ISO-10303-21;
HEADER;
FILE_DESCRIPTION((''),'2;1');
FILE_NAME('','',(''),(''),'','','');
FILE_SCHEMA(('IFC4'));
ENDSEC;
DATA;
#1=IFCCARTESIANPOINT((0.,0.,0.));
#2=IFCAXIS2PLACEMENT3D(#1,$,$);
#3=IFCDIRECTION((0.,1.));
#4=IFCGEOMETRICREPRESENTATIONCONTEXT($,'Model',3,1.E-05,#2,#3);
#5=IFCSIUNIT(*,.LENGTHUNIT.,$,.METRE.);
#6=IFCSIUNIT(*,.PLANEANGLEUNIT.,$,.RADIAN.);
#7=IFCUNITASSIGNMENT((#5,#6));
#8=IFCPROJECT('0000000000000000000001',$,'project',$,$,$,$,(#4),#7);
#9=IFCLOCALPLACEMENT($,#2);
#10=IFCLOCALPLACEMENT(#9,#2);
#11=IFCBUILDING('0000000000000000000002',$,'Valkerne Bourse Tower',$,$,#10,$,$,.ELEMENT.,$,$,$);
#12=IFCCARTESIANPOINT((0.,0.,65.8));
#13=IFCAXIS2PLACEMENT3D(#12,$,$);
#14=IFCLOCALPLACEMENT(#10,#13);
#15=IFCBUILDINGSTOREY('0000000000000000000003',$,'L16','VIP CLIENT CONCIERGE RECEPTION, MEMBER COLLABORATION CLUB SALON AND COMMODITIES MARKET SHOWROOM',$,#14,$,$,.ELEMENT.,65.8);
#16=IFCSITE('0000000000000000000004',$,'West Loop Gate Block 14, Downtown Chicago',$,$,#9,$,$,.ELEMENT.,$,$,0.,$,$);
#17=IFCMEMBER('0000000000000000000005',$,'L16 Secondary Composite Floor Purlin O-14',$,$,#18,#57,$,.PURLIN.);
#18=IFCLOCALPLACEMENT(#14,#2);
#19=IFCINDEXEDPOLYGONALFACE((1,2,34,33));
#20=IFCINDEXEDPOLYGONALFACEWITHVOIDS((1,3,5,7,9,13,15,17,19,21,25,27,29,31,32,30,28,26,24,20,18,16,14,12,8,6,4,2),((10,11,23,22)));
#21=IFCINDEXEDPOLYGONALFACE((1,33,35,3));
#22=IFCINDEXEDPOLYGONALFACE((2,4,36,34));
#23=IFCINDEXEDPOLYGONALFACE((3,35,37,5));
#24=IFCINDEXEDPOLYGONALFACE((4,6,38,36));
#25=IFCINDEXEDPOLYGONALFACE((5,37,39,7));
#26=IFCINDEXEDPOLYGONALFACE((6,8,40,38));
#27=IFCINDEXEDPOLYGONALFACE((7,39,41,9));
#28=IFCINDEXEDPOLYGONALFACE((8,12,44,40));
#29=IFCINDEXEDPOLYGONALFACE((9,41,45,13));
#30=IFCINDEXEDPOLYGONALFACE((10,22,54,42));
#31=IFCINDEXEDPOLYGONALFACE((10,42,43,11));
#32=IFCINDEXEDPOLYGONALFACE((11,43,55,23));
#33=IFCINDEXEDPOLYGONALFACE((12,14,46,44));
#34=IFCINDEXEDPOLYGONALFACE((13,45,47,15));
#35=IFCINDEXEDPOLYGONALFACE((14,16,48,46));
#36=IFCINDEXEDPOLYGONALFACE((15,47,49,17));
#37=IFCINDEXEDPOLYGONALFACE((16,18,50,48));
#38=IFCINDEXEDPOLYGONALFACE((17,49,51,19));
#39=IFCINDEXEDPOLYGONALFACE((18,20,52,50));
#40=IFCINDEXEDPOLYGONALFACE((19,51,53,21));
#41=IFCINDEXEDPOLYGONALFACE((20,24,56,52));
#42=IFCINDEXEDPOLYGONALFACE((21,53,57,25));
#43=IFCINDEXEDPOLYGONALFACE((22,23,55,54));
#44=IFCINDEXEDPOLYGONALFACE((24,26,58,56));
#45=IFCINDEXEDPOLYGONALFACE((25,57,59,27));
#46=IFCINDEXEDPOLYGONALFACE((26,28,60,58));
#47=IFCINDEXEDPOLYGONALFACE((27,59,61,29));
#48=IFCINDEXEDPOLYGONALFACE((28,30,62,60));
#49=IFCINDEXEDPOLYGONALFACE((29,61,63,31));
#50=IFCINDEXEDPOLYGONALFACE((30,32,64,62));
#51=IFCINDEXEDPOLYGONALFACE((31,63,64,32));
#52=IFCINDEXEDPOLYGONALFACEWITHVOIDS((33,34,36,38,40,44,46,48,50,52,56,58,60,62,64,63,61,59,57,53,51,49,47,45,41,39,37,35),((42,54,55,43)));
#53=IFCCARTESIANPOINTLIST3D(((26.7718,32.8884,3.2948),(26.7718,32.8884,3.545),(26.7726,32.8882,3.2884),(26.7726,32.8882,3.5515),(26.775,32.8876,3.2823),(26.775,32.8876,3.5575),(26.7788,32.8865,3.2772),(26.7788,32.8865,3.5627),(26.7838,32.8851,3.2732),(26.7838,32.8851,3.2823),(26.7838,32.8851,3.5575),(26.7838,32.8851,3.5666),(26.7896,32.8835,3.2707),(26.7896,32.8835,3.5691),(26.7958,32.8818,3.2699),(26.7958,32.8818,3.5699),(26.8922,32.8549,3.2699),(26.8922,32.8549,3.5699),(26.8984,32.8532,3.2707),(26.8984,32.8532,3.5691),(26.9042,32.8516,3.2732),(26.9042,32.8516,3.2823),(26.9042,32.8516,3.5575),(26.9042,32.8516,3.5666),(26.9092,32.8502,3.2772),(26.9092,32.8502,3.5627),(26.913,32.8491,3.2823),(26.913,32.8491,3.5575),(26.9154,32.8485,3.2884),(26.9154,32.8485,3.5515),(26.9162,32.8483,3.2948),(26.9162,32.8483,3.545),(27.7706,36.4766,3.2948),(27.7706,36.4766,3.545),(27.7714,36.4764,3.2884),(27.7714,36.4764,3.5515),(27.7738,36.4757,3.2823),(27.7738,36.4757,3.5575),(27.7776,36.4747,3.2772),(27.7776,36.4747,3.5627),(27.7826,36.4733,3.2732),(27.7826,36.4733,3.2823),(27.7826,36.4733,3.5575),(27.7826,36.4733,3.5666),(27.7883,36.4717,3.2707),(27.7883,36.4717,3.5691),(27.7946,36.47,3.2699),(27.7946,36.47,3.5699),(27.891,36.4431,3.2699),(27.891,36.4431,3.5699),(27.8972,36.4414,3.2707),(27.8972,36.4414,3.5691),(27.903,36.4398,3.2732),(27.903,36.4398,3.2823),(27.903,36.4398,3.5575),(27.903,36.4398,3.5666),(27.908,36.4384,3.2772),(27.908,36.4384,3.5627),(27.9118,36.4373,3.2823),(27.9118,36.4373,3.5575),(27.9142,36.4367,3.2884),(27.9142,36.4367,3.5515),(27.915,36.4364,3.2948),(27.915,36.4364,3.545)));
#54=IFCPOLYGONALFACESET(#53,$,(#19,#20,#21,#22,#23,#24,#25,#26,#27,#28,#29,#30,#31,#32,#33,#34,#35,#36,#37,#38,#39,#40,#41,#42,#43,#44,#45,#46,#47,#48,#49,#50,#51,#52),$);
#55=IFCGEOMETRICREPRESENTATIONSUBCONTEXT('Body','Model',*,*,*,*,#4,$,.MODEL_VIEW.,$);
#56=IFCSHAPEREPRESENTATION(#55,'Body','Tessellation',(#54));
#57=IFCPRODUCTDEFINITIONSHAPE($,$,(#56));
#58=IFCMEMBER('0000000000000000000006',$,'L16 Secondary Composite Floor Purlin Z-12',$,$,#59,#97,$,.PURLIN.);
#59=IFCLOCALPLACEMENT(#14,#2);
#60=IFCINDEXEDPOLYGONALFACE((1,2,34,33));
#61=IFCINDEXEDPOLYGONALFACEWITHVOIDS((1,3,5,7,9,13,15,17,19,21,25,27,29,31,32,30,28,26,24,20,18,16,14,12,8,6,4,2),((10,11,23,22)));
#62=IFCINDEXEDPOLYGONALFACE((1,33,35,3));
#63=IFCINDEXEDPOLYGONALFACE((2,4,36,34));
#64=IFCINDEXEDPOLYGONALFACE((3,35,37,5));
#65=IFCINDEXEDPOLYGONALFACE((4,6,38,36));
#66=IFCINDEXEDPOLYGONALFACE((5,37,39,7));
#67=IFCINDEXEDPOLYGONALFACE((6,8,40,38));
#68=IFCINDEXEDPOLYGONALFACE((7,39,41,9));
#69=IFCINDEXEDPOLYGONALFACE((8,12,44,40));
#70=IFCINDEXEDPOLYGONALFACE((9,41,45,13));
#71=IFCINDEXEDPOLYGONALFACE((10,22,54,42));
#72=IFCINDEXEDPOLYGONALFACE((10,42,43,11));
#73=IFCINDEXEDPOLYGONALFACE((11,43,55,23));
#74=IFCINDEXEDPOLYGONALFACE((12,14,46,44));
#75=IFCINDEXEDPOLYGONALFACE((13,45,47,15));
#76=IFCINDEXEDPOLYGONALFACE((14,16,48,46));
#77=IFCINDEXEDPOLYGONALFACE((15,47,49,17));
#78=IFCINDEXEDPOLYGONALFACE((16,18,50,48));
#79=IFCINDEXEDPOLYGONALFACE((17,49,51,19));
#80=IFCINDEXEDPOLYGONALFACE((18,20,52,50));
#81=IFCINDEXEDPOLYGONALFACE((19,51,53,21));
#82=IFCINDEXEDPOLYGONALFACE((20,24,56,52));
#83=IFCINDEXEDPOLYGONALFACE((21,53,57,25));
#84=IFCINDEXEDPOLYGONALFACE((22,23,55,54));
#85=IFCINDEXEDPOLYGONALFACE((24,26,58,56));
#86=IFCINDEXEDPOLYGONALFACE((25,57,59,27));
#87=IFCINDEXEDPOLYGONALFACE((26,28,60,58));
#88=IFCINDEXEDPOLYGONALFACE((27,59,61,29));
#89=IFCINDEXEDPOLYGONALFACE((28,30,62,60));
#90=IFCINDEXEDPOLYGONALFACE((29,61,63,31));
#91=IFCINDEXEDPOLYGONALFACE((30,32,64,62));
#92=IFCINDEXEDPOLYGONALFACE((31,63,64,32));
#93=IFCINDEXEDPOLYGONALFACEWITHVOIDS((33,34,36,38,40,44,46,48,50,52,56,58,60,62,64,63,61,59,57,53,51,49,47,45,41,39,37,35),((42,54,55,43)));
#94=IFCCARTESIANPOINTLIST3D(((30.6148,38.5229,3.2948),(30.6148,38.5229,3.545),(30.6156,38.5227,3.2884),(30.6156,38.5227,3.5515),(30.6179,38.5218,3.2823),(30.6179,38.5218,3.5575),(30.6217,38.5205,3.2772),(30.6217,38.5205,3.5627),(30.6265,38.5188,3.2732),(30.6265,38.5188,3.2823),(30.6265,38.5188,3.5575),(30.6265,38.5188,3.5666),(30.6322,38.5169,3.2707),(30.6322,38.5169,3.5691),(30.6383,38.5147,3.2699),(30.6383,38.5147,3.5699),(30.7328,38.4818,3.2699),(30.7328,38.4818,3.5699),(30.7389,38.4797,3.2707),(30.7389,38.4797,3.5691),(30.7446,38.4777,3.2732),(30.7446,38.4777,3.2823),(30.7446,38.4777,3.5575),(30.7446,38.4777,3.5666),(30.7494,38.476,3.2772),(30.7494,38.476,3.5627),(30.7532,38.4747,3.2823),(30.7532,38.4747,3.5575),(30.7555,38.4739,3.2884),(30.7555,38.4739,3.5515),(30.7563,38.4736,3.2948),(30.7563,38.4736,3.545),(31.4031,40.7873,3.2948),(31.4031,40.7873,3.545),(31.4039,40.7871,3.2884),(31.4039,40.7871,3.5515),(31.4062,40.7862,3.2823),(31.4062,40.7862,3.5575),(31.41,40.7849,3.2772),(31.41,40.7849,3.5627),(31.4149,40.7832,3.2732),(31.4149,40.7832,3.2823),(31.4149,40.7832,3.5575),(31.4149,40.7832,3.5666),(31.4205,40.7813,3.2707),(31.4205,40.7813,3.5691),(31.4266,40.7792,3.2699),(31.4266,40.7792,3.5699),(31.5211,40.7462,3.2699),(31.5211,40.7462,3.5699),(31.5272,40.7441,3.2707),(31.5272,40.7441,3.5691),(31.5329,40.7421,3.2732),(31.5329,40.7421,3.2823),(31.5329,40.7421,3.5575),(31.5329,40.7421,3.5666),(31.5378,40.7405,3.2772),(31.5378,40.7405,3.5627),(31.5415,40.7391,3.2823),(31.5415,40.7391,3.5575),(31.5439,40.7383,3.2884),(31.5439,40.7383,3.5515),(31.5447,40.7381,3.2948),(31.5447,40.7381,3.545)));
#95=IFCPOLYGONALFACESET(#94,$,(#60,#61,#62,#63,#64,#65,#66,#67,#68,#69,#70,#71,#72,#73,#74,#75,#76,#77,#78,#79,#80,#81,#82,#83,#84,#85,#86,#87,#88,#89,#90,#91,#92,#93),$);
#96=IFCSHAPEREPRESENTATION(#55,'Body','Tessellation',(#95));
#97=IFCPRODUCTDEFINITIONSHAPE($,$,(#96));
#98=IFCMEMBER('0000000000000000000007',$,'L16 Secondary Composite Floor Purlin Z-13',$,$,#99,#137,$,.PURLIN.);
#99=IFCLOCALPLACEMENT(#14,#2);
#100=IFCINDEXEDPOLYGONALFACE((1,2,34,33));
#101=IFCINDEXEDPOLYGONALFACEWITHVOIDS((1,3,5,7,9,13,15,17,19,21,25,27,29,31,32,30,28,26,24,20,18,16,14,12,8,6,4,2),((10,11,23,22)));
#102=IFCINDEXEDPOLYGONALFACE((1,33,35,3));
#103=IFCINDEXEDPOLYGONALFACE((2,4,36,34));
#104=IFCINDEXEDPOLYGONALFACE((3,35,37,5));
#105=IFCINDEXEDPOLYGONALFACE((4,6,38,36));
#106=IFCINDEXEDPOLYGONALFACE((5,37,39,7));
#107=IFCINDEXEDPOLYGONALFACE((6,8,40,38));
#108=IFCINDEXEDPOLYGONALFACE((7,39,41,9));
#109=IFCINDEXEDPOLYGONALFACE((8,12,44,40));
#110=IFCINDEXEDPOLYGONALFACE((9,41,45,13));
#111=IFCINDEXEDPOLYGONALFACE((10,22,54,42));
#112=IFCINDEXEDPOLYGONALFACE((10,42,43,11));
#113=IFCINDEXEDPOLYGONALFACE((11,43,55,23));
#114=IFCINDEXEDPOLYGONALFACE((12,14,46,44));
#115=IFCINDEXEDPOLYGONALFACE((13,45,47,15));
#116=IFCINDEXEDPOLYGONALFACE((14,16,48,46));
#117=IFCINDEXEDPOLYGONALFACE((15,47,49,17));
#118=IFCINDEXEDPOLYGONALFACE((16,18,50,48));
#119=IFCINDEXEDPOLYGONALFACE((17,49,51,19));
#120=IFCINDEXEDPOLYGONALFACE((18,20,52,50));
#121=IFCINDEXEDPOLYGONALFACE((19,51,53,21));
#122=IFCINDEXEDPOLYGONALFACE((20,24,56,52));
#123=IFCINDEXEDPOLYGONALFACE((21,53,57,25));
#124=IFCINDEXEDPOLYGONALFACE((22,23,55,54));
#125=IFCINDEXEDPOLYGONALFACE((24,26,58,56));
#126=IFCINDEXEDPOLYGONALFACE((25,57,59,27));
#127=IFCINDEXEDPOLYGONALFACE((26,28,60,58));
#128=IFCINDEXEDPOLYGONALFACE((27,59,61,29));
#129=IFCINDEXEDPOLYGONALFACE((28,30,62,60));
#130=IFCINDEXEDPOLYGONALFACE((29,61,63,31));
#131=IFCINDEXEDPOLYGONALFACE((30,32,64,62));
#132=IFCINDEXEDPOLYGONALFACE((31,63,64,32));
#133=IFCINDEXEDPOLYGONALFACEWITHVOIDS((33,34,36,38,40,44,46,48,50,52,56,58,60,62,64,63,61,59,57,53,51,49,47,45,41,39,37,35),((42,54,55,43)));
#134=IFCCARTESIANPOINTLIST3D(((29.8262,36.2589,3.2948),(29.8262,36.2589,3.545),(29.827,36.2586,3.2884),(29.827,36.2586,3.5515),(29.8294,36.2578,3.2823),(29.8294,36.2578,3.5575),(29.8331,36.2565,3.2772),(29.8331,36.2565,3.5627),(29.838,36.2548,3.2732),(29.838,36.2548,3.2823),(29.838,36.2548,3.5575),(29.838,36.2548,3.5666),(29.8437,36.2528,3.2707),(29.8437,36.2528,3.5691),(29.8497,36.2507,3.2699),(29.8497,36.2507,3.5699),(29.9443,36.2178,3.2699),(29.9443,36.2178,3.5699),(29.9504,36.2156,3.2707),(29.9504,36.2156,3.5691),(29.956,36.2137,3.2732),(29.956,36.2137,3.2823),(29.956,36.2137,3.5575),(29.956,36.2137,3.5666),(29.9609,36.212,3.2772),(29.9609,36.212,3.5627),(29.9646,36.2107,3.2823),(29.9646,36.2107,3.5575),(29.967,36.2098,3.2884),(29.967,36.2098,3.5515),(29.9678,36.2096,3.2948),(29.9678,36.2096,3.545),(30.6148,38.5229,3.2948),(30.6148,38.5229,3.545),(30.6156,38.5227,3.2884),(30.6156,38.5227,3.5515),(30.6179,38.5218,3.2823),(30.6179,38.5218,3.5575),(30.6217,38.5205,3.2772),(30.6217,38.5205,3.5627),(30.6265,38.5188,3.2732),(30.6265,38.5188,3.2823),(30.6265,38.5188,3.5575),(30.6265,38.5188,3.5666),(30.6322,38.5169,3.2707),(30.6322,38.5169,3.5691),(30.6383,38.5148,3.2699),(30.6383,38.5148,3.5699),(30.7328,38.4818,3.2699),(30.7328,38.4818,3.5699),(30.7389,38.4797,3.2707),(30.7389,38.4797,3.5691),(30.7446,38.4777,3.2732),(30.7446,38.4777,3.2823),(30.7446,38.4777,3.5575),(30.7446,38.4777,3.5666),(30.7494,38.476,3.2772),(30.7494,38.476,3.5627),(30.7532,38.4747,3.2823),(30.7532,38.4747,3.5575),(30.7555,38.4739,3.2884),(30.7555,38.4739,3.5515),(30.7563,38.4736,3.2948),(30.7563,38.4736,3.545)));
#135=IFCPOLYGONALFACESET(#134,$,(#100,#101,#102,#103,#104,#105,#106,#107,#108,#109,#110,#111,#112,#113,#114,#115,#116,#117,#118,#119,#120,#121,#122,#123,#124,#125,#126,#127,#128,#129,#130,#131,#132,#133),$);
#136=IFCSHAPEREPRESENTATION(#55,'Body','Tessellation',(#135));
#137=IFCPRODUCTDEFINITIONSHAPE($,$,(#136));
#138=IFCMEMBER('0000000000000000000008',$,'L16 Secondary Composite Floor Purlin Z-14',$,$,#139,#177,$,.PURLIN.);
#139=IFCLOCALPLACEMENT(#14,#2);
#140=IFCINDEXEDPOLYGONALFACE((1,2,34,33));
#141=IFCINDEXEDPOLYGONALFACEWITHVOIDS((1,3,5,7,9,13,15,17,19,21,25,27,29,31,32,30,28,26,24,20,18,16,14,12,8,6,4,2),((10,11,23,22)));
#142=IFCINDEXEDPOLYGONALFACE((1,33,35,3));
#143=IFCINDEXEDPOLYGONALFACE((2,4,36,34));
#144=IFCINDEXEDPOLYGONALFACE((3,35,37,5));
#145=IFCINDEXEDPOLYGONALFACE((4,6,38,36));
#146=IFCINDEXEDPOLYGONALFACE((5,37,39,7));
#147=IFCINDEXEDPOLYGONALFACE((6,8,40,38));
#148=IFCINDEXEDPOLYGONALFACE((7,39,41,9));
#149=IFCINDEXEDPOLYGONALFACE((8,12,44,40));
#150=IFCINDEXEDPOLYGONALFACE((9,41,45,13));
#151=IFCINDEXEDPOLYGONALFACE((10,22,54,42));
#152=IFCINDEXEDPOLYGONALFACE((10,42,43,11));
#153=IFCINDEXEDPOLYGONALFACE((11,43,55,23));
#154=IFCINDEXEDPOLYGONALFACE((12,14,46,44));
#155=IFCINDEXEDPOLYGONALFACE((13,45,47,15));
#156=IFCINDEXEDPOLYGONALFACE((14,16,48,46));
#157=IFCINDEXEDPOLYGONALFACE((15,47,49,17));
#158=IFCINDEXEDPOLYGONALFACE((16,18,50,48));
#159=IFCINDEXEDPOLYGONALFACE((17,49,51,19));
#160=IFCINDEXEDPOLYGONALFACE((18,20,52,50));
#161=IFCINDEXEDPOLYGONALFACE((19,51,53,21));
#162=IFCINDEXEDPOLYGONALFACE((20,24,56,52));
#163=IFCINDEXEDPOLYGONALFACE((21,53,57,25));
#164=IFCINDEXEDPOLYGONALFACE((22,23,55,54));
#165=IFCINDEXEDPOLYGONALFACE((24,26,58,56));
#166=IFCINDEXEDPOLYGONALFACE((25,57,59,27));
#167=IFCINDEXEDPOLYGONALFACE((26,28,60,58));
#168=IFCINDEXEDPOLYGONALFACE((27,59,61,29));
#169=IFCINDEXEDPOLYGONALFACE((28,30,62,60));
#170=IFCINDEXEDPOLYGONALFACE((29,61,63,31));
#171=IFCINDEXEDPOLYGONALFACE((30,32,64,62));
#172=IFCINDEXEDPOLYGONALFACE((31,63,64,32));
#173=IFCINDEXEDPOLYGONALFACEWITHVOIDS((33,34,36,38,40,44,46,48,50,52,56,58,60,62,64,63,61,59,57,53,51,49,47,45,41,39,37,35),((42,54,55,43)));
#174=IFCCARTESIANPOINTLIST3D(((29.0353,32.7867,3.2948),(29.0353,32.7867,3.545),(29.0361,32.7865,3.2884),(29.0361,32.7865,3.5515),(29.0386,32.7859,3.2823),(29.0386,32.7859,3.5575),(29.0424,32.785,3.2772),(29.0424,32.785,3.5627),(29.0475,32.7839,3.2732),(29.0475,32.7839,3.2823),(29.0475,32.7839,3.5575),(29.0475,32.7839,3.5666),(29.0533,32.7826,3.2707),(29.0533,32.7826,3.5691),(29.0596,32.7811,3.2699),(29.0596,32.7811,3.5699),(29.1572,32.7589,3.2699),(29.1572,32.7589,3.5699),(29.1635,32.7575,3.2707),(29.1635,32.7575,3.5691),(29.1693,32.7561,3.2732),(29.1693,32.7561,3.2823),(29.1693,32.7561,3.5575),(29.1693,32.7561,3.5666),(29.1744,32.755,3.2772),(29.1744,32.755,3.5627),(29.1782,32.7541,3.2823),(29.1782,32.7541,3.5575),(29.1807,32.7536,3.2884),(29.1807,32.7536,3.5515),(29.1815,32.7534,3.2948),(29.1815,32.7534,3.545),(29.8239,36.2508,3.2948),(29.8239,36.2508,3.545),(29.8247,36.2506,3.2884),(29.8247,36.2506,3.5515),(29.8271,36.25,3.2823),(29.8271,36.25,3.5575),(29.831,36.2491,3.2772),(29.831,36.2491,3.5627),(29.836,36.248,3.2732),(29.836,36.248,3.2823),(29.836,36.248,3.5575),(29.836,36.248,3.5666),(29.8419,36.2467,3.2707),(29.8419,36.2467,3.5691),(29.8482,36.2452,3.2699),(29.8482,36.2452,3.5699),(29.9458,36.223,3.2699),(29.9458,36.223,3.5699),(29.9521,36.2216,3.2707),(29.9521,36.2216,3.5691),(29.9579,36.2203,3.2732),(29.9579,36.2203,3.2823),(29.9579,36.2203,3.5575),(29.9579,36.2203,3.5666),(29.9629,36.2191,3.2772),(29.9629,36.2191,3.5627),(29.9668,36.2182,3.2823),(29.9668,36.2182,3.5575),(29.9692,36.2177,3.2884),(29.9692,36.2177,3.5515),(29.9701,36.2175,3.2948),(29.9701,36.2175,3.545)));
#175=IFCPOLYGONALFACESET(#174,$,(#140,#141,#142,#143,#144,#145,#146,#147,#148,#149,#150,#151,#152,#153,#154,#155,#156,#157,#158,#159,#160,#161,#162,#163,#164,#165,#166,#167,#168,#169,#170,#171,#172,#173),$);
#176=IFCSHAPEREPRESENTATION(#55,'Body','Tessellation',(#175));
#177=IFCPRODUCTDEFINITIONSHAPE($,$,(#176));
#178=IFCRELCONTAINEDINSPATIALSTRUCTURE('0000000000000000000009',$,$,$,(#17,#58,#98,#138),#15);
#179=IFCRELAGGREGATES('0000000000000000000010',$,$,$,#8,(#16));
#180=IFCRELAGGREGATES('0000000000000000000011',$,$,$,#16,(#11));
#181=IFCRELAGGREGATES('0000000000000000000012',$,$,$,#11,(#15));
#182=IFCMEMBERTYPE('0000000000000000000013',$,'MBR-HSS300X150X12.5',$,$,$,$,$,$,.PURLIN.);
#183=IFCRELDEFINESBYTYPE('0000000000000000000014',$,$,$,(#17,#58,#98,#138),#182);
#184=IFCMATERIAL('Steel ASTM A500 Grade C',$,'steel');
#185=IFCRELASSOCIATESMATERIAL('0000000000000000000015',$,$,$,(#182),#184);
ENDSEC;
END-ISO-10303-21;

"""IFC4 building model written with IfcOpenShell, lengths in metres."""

from ifc_helpers import new_model, si_unit, direction, frame, origin, origin_2d, place, context, subcontext, project, spatial, hollow_rectangle, extrude, material, material_profile, profile_set, type_object, element, save


model = new_model("IFC4")

# Units and contexts
model_context = context("Model", 3, precision=1e-05, world=origin(), true_north=direction((0.0, 1.0)))
body_context = subcontext(model_context, "Body", "Model", "MODEL_VIEW")
ifc_project = project(units=[si_unit("LENGTHUNIT", "METRE"), si_unit("PLANEANGLEUNIT", "RADIAN")], contexts=[model_context])

# Site, building, storey
site_placement = place(None, origin())
site = spatial("IfcSite", under=ifc_project, at=site_placement, Name="West Loop Gate Block 14, Downtown Chicago", CompositionType="ELEMENT", RefElevation=0.0)
building_placement = place(site_placement, origin())
building = spatial("IfcBuilding", under=site, at=building_placement, Name="Valkerne Bourse Tower", CompositionType="ELEMENT")
storey_placement = place(building_placement, frame((0.0, 0.0, 65.8)))
storey = spatial("IfcBuildingStorey", under=building, at=storey_placement, Name="L16", Description="VIP CLIENT CONCIERGE RECEPTION, MEMBER COLLABORATION CLUB SALON AND COMMODITIES MARKET SHOWROOM", CompositionType="ELEMENT", Elevation=65.8)

# Members
ifc_material_1 = material(Name="Steel ASTM A500 Grade C", Category="steel")
ifc_material_profile_1 = material_profile(ifc_material_1, hollow_rectangle(XDim=0.1499, YDim=0.3, WallThickness=0.0125, OuterFilletRadius=0.0249, at=origin_2d()), Name="HSS300X150X12.5")
ifc_profile_set_1 = profile_set([ifc_material_profile_1], Name="Steel ASTM A500 Grade C")
member_type_1 = type_object("IfcMemberType", Name="MBR-HSS300X150X12.5", PredefinedType="PURLIN", material=ifc_profile_set_1)
member_1_placement = place(storey_placement, frame((27.8428, 36.4565, 3.4199), z_axis=(-0.268161, -0.963374, 0.0), x_axis=(0.963374, -0.268161, 0.0)))
element("IfcMember", 1, at=member_1_placement, inside=storey, type_object=member_type_1, Name="L16 Secondary Composite Floor Purlin O-14", PredefinedType="PURLIN", context=body_context, shape_type="SweptSolid", body=[
    extrude(hollow_rectangle(XDim=0.1499, YDim=0.3, WallThickness=0.0125, OuterFilletRadius=0.0249, at=origin_2d()), origin(), (0.0, 0.0, 1.0), 3.7246),
])
member_2_placement = place(storey_placement, frame((31.4739, 40.7627, 3.4199), z_axis=(-0.328785, -0.944405, 0.0), x_axis=(0.944405, -0.328785, 0.0)))
element("IfcMember", 2, at=member_2_placement, inside=storey, type_object=member_type_1, Name="L16 Secondary Composite Floor Purlin Z-12", PredefinedType="PURLIN", context=body_context, shape_type="SweptSolid", body=[
    extrude(hollow_rectangle(XDim=0.1499, YDim=0.3, WallThickness=0.0125, OuterFilletRadius=0.0249, at=origin_2d()), origin(), (0.0, 0.0, 1.0), 2.3977),
])
member_3_placement = place(storey_placement, frame((30.6855, 38.4983, 3.4199), z_axis=(-0.328908, -0.944362, 0.0), x_axis=(0.944362, -0.328908, 0.0)))
element("IfcMember", 3, at=member_3_placement, inside=storey, type_object=member_type_1, Name="L16 Secondary Composite Floor Purlin Z-13", PredefinedType="PURLIN", context=body_context, shape_type="SweptSolid", body=[
    extrude(hollow_rectangle(XDim=0.1499, YDim=0.3, WallThickness=0.0125, OuterFilletRadius=0.0249, at=origin_2d()), origin(), (0.0, 0.0, 1.0), 2.3975),
])
member_4_placement = place(storey_placement, frame((29.897, 36.2341, 3.4199), z_axis=(-0.221963, -0.975055, 0.0), x_axis=(0.975055, -0.221963, 0.0)))
element("IfcMember", 4, at=member_4_placement, inside=storey, type_object=member_type_1, Name="L16 Secondary Composite Floor Purlin Z-14", PredefinedType="PURLIN", context=body_context, shape_type="SweptSolid", body=[
    extrude(hollow_rectangle(XDim=0.1499, YDim=0.3, WallThickness=0.0125, OuterFilletRadius=0.0249, at=origin_2d()), origin(), (0.0, 0.0, 1.0), 3.5527),
])

save(model, "model.ifc")
